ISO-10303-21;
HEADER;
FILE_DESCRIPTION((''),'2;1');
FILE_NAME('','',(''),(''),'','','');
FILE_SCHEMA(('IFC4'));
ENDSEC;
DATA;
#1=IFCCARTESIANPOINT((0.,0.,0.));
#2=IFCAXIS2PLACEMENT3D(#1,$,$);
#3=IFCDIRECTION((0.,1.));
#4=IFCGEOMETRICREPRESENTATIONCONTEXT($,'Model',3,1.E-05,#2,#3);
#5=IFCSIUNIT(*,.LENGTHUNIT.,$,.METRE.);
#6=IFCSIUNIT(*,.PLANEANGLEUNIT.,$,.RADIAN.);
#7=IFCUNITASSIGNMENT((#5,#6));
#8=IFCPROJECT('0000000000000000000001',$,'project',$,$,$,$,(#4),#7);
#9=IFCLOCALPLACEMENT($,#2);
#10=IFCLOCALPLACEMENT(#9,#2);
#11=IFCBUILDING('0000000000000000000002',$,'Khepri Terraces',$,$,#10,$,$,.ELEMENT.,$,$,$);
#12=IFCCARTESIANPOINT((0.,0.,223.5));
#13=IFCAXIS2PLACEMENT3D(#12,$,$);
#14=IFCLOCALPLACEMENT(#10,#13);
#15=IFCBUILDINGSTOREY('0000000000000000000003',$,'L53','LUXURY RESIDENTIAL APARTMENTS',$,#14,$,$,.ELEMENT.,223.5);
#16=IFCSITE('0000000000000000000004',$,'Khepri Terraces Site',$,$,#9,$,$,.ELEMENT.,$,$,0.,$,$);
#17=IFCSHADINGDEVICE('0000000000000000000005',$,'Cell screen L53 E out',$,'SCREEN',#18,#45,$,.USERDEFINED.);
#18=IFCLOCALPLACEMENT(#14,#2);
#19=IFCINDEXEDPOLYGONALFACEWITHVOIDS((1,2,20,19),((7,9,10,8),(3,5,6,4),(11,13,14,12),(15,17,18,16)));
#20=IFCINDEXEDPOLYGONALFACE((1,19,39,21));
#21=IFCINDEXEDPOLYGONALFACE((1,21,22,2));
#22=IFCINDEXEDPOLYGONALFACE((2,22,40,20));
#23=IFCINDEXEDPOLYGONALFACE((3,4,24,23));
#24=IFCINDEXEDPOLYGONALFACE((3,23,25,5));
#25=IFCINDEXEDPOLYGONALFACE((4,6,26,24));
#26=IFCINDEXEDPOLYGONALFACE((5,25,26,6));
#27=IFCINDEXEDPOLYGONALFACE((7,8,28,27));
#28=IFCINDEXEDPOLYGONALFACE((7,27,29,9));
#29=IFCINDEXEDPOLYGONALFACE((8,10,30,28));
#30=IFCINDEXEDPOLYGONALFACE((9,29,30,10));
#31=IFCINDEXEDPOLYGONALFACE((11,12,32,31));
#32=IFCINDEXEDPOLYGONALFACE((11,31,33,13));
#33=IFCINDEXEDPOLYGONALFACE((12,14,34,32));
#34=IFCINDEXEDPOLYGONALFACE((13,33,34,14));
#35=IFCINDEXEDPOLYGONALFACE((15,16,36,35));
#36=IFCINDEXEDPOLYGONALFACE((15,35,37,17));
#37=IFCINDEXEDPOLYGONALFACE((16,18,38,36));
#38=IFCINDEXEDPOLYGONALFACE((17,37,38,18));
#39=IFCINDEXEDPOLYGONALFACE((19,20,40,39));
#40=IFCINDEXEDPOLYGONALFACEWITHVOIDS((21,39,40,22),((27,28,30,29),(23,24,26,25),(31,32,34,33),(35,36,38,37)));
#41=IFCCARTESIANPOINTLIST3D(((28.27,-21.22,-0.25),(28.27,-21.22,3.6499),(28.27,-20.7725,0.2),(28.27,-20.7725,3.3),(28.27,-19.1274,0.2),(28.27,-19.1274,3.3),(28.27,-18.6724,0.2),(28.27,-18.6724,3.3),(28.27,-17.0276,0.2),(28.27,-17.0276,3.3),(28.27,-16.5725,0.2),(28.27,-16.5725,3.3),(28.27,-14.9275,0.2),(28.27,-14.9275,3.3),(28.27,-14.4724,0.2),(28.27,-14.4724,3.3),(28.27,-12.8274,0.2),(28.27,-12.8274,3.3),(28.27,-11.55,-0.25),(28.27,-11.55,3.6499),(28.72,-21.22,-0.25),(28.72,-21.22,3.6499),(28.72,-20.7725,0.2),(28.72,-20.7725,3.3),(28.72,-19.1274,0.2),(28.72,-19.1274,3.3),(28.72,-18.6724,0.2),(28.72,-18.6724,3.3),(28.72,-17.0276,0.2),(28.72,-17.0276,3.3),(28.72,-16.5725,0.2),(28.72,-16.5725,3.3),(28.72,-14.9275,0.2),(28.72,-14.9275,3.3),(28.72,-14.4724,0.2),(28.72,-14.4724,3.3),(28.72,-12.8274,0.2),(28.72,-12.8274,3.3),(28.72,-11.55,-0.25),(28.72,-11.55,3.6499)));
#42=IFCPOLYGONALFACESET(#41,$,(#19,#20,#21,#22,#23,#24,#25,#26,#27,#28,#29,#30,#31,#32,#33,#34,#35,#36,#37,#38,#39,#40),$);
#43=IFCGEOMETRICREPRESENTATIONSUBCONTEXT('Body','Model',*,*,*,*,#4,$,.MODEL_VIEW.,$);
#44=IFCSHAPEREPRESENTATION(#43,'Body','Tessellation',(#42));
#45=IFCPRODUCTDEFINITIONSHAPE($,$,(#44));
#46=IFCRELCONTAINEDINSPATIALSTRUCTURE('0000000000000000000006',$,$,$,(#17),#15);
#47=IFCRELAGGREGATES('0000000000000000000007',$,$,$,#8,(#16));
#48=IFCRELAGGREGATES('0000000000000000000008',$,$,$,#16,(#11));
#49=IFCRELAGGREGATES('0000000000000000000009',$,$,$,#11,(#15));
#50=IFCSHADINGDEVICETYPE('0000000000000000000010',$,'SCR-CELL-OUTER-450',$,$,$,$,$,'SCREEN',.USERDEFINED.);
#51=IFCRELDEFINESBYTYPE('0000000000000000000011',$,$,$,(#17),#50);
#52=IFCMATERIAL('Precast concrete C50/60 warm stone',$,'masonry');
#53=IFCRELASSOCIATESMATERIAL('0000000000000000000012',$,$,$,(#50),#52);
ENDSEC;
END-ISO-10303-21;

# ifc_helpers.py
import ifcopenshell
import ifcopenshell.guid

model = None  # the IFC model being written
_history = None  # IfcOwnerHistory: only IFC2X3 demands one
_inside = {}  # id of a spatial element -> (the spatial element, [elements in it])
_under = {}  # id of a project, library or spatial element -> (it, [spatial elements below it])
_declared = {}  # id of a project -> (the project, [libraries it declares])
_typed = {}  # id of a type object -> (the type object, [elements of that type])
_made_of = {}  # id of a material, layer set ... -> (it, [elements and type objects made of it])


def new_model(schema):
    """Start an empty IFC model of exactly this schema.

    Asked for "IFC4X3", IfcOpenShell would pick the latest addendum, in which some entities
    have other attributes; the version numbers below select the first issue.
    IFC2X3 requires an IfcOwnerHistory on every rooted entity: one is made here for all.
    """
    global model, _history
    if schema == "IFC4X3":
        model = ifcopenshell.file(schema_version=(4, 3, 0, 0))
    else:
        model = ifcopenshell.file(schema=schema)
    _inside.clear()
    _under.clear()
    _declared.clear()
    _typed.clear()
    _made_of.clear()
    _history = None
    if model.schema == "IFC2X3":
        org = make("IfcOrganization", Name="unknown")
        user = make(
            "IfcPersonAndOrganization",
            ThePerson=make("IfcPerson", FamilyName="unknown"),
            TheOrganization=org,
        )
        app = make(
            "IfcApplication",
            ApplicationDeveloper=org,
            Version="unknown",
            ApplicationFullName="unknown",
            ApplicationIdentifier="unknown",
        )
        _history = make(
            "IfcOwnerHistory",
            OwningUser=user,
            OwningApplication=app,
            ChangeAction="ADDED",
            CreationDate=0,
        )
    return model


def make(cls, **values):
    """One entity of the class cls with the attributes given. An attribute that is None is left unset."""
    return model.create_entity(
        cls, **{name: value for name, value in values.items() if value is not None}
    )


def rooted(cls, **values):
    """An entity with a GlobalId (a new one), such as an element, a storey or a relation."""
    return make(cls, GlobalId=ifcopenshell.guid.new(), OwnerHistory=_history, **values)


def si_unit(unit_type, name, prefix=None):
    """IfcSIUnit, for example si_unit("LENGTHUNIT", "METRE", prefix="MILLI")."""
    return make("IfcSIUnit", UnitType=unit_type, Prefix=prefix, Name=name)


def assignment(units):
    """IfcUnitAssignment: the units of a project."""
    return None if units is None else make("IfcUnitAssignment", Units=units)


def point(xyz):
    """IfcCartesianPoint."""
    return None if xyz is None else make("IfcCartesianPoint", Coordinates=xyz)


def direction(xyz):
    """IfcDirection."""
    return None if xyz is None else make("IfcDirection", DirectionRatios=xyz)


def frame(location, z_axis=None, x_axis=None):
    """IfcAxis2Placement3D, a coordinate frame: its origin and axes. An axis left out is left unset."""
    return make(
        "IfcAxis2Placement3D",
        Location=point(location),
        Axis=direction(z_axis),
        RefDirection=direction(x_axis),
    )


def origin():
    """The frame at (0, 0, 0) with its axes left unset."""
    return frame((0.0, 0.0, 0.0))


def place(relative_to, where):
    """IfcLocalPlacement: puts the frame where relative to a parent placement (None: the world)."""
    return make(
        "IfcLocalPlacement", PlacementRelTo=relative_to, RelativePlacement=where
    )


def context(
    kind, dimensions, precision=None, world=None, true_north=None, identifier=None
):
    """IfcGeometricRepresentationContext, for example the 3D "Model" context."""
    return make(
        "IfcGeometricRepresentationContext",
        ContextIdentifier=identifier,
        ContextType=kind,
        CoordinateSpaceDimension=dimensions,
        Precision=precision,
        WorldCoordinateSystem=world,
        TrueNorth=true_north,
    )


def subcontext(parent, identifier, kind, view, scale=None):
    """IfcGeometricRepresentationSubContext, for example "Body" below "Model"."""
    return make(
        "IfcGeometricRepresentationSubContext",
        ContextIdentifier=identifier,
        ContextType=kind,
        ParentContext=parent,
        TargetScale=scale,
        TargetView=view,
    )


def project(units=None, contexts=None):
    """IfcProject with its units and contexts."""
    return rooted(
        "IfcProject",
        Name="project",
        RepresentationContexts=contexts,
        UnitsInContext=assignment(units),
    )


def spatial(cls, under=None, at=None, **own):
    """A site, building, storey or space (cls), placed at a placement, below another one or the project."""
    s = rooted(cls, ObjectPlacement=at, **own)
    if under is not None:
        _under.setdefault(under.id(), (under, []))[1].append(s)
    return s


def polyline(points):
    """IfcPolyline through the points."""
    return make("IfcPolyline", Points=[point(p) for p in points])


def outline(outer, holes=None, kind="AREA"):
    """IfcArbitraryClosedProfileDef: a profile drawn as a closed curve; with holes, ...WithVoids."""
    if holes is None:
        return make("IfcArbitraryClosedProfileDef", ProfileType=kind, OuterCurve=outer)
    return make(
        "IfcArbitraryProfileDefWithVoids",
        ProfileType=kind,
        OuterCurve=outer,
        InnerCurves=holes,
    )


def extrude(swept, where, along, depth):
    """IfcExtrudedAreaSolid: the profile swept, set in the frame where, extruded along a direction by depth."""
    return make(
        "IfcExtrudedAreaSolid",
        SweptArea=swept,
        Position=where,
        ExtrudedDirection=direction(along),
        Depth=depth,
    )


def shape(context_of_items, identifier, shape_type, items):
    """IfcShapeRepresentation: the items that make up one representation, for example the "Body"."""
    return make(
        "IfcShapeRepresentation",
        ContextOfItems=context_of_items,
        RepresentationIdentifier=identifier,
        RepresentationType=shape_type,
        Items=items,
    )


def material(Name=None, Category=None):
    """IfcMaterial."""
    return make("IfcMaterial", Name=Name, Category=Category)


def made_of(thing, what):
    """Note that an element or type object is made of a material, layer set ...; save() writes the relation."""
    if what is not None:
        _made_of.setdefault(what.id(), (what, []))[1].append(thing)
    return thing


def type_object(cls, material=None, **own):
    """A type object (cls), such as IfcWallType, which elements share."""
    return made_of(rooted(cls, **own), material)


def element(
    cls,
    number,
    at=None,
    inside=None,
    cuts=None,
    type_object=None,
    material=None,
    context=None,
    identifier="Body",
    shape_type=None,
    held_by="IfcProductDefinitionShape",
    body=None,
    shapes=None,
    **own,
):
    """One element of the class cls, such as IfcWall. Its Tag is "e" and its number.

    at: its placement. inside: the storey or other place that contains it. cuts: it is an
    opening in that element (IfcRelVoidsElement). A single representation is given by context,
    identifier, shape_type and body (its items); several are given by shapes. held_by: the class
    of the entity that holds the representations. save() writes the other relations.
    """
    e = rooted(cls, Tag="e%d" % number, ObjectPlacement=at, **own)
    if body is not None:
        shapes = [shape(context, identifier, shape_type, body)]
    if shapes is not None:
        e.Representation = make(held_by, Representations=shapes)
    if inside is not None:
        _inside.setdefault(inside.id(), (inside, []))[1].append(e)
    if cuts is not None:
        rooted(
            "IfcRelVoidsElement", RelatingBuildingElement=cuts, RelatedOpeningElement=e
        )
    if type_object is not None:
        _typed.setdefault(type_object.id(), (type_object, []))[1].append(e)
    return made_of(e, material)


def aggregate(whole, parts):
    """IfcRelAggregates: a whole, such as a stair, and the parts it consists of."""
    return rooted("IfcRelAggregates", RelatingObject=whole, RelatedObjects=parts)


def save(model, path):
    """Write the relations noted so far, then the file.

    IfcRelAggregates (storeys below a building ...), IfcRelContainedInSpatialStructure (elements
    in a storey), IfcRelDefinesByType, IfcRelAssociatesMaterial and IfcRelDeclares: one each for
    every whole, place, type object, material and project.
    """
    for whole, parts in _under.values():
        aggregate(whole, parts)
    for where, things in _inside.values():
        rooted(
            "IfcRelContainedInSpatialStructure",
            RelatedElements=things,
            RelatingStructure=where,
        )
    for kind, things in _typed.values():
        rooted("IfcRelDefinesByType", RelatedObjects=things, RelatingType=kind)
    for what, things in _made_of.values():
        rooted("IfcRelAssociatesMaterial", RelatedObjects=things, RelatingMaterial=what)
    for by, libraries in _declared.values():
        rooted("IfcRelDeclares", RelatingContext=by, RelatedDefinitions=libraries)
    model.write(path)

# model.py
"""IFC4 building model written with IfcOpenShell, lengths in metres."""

from ifc_helpers import new_model, si_unit, direction, frame, origin, place, context, subcontext, project, spatial, polyline, outline, extrude, material, type_object, element, save


model = new_model("IFC4")

# Units and contexts
model_context = context("Model", 3, precision=1e-05, world=origin(), true_north=direction((0.0, 1.0)))
body_context = subcontext(model_context, "Body", "Model", "MODEL_VIEW")
ifc_project = project(units=[si_unit("LENGTHUNIT", "METRE"), si_unit("PLANEANGLEUNIT", "RADIAN")], contexts=[model_context])

# Site, building, storey
site_placement = place(None, origin())
site = spatial("IfcSite", under=ifc_project, at=site_placement, Name="Khepri Terraces Site", CompositionType="ELEMENT", RefElevation=0.0)
building_placement = place(site_placement, origin())
building = spatial("IfcBuilding", under=site, at=building_placement, Name="Khepri Terraces", CompositionType="ELEMENT")
storey_placement = place(building_placement, frame((0.0, 0.0, 223.5)))
storey = spatial("IfcBuildingStorey", under=building, at=storey_placement, Name="L53", Description="LUXURY RESIDENTIAL APARTMENTS", CompositionType="ELEMENT", Elevation=223.5)

# Shared definitions
ifc_material_1 = material(Name="Precast concrete C50/60 warm stone", Category="masonry")

# Shading device
shading_device_type_1 = type_object("IfcShadingDeviceType", Name="SCR-CELL-OUTER-450", ElementType="SCREEN", PredefinedType="USERDEFINED", material=ifc_material_1)
shading_device_1_placement = place(storey_placement, frame((28.27, -21.22, -0.25), z_axis=(1.0, 0.0, 0.0), x_axis=(0.0, 1.0, 0.0)))
element("IfcShadingDevice", 1, at=shading_device_1_placement, inside=storey, type_object=shading_device_type_1, Name="Cell screen L53 E out", ObjectType="SCREEN", PredefinedType="USERDEFINED", context=body_context, shape_type="SweptSolid", body=[
    extrude(outline(polyline([(0.0, 0.0), (9.6699, 0.0), (9.6699, 3.8999), (0.0, 3.8999), (0.0, 0.0)]), holes=[polyline([(0.4475, 0.45), (2.0925, 0.45), (2.0925, 3.55), (0.4475, 3.55), (0.4475, 0.45)]), polyline([(2.5476, 0.45), (4.1924, 0.45), (4.1924, 3.55), (2.5476, 3.55), (2.5476, 0.45)]), polyline([(4.6475, 0.45), (6.2925, 0.45), (6.2925, 3.55), (4.6475, 3.55), (4.6475, 0.45)]), polyline([(6.7476, 0.45), (8.3926, 0.45), (8.3926, 3.55), (6.7476, 3.55), (6.7476, 0.45)])]), origin(), (0.0, 0.0, 1.0), 0.45),
])

save(model, "model.ifc")
